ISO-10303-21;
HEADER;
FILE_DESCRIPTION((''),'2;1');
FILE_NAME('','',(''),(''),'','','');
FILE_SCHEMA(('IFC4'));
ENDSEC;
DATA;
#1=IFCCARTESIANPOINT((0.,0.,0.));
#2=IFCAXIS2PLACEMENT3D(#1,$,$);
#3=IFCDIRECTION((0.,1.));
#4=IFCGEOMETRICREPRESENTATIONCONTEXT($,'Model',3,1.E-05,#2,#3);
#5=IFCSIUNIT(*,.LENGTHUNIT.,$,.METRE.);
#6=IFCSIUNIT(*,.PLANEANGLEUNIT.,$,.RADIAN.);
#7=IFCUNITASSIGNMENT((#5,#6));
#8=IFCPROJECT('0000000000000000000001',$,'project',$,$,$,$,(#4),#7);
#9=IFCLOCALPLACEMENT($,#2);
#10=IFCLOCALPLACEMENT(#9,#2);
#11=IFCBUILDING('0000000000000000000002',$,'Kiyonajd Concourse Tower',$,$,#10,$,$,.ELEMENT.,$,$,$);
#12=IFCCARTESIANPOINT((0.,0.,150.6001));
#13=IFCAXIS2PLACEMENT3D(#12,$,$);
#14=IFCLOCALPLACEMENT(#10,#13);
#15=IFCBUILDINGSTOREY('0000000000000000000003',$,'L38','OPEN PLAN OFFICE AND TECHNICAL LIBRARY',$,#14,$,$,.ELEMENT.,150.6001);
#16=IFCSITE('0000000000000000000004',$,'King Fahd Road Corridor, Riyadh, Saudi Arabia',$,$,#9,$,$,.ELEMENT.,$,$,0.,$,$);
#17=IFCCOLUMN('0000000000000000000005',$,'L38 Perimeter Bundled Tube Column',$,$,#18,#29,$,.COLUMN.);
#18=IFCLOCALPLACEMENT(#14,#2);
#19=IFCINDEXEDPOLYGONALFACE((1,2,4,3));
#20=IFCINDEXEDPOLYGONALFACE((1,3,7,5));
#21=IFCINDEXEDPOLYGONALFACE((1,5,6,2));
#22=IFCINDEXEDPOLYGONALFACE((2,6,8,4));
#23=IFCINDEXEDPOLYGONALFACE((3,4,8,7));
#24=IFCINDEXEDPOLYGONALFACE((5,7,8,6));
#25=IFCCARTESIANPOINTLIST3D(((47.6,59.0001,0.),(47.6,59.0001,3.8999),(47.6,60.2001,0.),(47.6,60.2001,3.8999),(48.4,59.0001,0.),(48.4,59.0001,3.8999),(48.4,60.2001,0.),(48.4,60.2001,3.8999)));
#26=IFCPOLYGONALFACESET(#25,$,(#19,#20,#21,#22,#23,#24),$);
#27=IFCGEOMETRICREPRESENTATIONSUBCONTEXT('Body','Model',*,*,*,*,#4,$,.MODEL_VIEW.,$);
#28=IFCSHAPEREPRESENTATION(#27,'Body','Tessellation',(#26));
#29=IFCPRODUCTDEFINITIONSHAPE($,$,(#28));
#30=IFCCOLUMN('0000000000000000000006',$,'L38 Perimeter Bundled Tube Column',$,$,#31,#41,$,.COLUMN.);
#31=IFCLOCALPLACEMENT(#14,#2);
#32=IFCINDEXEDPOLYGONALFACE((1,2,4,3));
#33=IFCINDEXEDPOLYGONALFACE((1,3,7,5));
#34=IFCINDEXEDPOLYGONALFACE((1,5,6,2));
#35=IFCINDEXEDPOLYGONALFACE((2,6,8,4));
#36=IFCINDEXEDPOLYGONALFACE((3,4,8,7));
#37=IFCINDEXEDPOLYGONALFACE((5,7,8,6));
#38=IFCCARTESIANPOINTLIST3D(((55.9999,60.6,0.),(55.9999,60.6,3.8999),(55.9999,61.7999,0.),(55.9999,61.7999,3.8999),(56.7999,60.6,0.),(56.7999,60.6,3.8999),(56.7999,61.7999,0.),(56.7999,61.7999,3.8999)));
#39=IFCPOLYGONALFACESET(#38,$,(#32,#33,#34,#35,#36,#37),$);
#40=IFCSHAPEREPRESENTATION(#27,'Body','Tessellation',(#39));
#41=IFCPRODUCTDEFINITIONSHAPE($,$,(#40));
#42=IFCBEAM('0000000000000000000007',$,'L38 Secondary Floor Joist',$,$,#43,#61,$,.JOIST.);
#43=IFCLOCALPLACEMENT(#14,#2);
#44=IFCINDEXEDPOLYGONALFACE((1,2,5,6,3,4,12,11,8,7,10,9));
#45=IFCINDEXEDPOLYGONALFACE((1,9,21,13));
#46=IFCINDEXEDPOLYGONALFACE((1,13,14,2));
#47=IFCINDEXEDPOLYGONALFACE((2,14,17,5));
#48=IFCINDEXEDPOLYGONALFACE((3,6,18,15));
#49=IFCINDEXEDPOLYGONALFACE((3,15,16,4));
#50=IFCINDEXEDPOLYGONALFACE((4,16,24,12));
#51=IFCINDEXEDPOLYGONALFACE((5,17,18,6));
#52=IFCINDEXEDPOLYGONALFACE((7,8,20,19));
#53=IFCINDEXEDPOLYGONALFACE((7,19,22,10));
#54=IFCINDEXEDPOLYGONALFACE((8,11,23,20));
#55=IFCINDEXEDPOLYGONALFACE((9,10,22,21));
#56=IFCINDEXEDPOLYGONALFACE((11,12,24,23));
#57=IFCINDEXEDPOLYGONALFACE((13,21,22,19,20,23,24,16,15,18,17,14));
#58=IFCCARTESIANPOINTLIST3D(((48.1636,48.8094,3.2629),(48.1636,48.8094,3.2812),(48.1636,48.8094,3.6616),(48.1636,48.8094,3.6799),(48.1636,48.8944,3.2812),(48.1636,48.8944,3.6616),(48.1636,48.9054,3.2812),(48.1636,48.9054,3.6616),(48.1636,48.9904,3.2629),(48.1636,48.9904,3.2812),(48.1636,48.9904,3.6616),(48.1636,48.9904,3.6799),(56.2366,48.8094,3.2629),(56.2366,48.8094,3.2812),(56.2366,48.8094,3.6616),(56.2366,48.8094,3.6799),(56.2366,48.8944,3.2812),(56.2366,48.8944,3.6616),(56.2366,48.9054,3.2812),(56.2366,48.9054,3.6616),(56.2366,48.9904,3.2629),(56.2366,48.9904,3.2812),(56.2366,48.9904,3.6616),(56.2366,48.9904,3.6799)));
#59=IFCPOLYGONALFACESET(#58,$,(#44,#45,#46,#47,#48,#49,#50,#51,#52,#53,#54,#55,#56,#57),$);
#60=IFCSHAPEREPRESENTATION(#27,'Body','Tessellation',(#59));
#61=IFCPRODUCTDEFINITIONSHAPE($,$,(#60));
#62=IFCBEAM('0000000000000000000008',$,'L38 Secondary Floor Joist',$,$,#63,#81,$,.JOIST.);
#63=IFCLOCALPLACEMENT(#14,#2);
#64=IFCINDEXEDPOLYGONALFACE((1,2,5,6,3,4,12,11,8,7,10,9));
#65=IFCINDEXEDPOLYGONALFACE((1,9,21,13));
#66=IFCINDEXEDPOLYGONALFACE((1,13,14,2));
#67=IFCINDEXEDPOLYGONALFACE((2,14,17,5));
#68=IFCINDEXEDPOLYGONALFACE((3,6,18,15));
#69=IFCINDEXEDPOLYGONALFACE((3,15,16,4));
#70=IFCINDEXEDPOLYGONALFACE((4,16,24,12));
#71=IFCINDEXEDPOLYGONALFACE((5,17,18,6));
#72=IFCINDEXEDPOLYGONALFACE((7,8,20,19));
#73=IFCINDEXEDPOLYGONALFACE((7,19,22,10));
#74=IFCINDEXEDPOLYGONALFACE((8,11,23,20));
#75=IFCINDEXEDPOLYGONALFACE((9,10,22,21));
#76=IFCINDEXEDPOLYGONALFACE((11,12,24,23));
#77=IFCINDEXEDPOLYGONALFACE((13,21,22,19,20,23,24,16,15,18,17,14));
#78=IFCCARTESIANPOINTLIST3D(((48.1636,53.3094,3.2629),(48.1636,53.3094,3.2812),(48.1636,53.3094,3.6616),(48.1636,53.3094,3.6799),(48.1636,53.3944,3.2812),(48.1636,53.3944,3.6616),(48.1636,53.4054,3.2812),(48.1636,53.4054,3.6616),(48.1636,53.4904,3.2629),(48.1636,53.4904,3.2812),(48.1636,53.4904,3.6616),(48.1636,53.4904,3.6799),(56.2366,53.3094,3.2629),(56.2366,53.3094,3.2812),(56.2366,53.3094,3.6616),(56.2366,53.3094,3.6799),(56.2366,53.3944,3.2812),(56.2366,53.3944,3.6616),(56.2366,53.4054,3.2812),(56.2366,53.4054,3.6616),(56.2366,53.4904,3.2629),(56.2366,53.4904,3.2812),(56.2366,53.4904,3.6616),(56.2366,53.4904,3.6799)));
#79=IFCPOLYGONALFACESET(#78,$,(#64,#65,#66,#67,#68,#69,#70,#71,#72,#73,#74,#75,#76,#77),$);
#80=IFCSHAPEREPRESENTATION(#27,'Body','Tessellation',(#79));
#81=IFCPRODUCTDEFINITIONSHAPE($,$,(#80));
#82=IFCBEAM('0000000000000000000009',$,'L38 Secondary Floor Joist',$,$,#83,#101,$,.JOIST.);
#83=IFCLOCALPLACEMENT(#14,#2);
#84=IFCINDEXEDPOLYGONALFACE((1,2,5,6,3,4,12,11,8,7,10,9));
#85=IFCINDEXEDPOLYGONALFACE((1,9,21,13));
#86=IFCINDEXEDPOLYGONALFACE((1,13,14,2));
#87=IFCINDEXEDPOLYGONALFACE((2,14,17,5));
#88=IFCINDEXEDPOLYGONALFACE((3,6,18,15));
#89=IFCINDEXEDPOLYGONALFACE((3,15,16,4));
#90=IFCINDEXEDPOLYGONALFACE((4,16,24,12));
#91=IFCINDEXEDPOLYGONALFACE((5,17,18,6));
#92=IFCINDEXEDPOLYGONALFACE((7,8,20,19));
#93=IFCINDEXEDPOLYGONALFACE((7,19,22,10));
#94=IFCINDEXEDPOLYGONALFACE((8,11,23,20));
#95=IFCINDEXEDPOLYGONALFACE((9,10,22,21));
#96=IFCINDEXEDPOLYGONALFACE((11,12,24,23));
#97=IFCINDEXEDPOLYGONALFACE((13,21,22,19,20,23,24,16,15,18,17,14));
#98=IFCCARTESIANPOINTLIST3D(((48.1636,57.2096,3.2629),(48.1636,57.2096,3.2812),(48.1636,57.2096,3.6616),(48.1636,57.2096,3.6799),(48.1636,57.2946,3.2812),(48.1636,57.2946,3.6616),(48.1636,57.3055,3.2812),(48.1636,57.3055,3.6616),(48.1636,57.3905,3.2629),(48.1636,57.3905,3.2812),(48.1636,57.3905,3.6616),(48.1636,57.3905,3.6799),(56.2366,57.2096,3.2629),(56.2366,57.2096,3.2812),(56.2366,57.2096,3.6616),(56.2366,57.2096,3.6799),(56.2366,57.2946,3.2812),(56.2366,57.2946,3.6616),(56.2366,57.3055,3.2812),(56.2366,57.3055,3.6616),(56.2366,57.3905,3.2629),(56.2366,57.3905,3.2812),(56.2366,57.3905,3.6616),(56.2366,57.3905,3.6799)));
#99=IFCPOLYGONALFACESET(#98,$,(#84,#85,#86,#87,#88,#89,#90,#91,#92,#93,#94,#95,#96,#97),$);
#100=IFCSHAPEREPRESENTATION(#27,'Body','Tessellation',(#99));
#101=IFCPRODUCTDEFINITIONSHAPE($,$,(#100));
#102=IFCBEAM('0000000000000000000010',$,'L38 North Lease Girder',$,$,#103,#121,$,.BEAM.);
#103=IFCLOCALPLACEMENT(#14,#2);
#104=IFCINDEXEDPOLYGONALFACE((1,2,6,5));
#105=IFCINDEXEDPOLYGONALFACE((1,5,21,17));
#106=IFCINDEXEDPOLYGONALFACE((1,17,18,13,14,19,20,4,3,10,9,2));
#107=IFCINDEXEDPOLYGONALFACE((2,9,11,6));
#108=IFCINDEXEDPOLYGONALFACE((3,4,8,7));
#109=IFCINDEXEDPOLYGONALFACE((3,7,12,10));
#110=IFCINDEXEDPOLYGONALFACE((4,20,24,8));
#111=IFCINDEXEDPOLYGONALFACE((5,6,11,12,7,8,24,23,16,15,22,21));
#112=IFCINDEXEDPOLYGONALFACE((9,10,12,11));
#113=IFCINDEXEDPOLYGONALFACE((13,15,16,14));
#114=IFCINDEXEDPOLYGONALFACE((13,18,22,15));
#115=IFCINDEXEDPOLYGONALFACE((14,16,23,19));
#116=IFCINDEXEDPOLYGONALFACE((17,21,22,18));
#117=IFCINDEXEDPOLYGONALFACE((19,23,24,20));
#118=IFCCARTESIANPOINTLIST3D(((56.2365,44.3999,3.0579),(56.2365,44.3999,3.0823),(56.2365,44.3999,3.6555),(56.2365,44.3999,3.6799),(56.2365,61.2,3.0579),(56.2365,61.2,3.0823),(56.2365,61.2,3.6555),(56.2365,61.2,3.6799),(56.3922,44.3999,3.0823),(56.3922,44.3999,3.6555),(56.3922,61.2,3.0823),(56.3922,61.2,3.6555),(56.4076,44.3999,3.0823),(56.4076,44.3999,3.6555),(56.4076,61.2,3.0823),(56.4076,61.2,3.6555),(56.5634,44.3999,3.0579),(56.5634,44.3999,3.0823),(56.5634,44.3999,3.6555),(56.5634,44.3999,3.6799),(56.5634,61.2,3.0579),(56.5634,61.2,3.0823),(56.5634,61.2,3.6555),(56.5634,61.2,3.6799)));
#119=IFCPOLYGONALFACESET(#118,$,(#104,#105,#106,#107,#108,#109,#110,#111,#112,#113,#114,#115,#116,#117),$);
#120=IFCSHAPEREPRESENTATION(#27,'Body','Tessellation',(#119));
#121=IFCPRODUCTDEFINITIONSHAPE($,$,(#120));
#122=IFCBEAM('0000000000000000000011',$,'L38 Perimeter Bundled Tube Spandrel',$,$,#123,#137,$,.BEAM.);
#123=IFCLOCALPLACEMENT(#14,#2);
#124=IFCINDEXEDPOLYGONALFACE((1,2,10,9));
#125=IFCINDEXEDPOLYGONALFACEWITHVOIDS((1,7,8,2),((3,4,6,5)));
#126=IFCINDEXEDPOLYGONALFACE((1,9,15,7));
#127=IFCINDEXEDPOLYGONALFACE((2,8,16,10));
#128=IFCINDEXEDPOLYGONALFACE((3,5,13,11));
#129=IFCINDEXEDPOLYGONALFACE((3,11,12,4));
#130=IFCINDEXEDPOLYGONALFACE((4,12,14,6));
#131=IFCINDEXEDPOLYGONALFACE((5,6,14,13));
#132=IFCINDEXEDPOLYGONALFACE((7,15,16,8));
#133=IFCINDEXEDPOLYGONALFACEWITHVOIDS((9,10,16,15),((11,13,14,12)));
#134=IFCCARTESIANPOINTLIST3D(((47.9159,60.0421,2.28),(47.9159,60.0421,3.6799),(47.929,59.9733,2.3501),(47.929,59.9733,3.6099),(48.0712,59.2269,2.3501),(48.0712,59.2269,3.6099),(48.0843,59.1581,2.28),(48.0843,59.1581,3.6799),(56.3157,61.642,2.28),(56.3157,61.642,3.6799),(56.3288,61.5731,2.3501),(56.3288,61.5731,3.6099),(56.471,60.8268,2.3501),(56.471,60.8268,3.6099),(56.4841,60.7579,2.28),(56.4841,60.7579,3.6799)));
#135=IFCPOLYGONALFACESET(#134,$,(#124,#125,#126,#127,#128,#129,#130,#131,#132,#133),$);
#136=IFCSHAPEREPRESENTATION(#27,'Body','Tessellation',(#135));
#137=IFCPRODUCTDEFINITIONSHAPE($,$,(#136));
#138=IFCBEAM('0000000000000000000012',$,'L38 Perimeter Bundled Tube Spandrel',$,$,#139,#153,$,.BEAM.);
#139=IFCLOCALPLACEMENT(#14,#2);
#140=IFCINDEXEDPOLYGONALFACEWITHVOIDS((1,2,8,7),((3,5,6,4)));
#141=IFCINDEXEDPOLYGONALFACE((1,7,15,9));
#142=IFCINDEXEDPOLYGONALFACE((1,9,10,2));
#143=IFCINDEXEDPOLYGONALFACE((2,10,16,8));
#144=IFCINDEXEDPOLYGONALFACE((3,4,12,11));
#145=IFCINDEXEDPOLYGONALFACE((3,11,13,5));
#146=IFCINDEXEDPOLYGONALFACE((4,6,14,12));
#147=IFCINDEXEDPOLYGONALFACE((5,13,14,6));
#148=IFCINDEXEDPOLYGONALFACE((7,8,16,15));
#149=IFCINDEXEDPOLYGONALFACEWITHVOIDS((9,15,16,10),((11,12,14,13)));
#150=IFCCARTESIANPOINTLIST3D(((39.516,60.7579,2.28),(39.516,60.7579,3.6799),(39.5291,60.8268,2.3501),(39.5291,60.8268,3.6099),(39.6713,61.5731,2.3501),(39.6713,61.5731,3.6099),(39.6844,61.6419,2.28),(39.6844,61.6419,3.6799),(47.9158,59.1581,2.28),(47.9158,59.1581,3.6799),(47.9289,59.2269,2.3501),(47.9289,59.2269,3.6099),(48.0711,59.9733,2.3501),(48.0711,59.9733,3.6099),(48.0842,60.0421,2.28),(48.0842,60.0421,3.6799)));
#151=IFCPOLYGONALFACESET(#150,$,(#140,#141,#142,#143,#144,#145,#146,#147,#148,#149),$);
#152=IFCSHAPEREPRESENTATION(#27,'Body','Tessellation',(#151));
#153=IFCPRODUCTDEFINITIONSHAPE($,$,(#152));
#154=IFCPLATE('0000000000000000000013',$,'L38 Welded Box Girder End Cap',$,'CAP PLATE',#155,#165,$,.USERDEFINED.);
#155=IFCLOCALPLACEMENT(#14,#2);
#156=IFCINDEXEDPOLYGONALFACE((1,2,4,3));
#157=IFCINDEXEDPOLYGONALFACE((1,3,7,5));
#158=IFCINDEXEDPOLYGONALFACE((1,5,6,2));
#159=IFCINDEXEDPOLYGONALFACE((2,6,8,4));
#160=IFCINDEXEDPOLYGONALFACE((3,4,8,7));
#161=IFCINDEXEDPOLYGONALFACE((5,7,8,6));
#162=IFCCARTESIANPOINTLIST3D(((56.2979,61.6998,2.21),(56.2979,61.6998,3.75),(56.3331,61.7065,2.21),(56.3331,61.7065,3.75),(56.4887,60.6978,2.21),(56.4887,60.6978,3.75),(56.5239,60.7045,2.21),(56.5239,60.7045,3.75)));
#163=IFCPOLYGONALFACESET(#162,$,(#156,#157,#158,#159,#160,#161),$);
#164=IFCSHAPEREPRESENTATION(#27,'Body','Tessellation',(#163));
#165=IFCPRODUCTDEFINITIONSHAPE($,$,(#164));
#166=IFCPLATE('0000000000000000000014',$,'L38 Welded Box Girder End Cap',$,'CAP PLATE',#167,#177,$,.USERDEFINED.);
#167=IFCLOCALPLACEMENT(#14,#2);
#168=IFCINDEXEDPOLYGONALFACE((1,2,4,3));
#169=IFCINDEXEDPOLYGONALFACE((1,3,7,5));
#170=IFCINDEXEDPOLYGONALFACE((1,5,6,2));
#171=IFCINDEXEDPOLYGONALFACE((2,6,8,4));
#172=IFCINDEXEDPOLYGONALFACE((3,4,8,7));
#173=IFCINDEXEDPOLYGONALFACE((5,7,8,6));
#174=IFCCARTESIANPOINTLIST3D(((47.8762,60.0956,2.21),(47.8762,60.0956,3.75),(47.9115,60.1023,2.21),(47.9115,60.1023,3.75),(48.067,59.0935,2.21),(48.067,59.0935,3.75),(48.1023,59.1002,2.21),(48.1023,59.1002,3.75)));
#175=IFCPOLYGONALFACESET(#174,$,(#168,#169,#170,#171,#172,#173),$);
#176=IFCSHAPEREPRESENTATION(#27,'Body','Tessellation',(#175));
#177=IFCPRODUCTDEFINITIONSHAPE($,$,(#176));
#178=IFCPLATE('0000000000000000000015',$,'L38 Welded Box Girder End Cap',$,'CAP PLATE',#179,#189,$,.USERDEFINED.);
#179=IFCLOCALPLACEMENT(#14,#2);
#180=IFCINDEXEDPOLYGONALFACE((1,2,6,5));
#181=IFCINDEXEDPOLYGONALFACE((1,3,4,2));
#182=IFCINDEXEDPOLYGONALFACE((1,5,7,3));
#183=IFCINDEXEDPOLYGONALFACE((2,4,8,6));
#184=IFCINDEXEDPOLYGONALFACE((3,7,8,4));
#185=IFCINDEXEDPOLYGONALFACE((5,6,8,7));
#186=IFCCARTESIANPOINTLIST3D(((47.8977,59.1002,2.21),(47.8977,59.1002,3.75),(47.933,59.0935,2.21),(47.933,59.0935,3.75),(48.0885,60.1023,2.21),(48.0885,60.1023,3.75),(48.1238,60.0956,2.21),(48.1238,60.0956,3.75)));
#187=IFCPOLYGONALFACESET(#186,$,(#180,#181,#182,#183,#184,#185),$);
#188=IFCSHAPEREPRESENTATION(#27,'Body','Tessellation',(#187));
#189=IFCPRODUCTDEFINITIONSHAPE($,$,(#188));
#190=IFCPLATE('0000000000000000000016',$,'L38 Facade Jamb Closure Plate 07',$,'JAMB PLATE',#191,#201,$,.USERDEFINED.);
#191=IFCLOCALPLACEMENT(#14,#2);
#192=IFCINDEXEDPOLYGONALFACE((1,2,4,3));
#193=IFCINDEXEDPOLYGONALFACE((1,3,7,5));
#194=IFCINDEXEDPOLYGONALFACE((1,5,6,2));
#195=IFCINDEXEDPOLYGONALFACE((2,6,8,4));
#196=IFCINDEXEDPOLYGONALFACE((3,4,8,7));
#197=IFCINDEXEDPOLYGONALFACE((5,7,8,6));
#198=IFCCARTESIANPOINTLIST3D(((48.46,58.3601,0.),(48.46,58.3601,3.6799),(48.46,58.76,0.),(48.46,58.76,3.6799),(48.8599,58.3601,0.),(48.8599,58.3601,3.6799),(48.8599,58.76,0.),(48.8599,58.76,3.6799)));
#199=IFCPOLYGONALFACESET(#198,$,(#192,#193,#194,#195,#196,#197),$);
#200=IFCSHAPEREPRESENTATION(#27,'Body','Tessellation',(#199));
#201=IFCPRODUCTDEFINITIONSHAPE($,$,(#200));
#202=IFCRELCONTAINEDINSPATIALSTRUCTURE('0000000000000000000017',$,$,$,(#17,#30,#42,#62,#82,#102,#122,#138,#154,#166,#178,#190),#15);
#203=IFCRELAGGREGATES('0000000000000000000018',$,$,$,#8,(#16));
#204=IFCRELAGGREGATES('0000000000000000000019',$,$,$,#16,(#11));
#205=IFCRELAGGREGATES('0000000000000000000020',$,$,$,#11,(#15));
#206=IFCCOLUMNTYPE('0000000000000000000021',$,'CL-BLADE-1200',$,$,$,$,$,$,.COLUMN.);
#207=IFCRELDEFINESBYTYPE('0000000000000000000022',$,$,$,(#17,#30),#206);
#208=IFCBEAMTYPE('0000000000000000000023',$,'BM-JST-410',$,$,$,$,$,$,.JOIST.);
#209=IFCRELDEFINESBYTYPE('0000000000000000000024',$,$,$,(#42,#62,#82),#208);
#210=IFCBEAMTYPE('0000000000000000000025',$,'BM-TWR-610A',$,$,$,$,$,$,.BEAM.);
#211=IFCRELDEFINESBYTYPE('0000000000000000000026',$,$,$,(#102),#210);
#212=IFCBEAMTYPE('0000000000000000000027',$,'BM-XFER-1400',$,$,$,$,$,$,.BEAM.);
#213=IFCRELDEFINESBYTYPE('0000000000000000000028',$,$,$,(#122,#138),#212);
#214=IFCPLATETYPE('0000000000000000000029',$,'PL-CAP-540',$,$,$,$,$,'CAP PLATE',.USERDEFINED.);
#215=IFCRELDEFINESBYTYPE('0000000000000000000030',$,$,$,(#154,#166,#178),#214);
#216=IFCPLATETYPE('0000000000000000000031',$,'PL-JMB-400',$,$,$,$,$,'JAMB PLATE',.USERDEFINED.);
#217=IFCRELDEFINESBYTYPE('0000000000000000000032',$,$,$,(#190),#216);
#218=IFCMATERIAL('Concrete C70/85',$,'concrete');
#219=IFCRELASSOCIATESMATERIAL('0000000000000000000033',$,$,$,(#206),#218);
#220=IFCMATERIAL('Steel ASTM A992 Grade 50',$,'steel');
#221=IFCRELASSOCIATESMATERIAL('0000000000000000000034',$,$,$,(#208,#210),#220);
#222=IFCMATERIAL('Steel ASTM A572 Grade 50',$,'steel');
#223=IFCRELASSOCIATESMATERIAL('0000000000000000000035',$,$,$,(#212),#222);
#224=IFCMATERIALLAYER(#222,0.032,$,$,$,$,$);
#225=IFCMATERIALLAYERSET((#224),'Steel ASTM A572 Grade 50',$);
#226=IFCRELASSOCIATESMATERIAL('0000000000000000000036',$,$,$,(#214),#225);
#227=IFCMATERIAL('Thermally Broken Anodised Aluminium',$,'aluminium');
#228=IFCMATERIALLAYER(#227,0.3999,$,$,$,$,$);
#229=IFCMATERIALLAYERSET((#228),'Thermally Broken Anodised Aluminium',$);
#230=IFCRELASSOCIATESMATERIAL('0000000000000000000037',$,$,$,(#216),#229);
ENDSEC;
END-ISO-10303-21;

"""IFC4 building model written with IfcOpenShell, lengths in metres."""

from ifc_helpers import new_model, si_unit, direction, frame, origin, origin_2d, place, context, subcontext, project, spatial, rectangle, hollow_rectangle, i_section, extrude, material, layer, layer_set, material_profile, profile_set, type_object, element, save


model = new_model("IFC4")

# Units and contexts
model_context = context("Model", 3, precision=1e-05, world=origin(), true_north=direction((0.0, 1.0)))
body_context = subcontext(model_context, "Body", "Model", "MODEL_VIEW")
ifc_project = project(units=[si_unit("LENGTHUNIT", "METRE"), si_unit("PLANEANGLEUNIT", "RADIAN")], contexts=[model_context])

# Site, building, storey
site_placement = place(None, origin())
site = spatial("IfcSite", under=ifc_project, at=site_placement, Name="King Fahd Road Corridor, Riyadh, Saudi Arabia", CompositionType="ELEMENT", RefElevation=0.0)
building_placement = place(site_placement, origin())
building = spatial("IfcBuilding", under=site, at=building_placement, Name="Kiyonajd Concourse Tower", CompositionType="ELEMENT")
storey_placement = place(building_placement, frame((0.0, 0.0, 150.6001)))
storey = spatial("IfcBuildingStorey", under=building, at=storey_placement, Name="L38", Description="OPEN PLAN OFFICE AND TECHNICAL LIBRARY", CompositionType="ELEMENT", Elevation=150.6001)

# Columns
ifc_material_1 = material(Name="Concrete C70/85", Category="concrete")
ifc_material_profile_1 = material_profile(ifc_material_1, rectangle(XDim=0.8, YDim=1.2, at=origin_2d()), Name="RC-1200x800")
ifc_profile_set_1 = profile_set([ifc_material_profile_1], Name="Concrete C70/85")
column_type = type_object("IfcColumnType", Name="CL-BLADE-1200", PredefinedType="COLUMN", material=ifc_profile_set_1)
for number, where, z_axis, x_axis, name in (
    (1, (48.0, 59.6001, 0.0), (0.0, 0.0, 1.0), (1.0, 0.0, 0.0), "L38 Perimeter Bundled Tube Column"),
    (2, (56.3999, 61.2, 0.0), (0.0, 0.0, 1.0), (1.0, 0.0, 0.0), "L38 Perimeter Bundled Tube Column"),
):
    element("IfcColumn", number, at=place(storey_placement, frame(where, z_axis=z_axis, x_axis=x_axis)), inside=storey, type_object=column_type, Name=name, PredefinedType="COLUMN", context=body_context, shape_type="SweptSolid", body=[
        extrude(rectangle(XDim=0.8, YDim=1.2, at=origin_2d()), origin(), (0.0, 0.0, 1.0), 3.8999),
    ])

# Beams
ifc_material_2 = material(Name="Steel ASTM A992 Grade 50", Category="steel")
ifc_material_profile_2 = material_profile(ifc_material_2, i_section(OverallWidth=0.1809, OverallDepth=0.417, WebThickness=0.011, FlangeThickness=0.0183, at=origin_2d()), Name="W410X85")
ifc_profile_set_2 = profile_set([ifc_material_profile_2], Name="Steel ASTM A992 Grade 50")
beam_type_1 = type_object("IfcBeamType", Name="BM-JST-410", PredefinedType="JOIST", material=ifc_profile_set_2)
for number, where, z_axis, x_axis, name in (
    (3, (48.1636, 48.8999, 3.4714), (1.0, 0.0, 0.0), (0.0, 1.0, 0.0), "L38 Secondary Floor Joist"),
    (4, (48.1636, 53.3999, 3.4714), (1.0, 0.0, 0.0), (0.0, 1.0, 0.0), "L38 Secondary Floor Joist"),
    (5, (48.1636, 57.3, 3.4714), (1.0, 0.0, 0.0), (0.0, 1.0, 0.0), "L38 Secondary Floor Joist"),
):
    element("IfcBeam", number, at=place(storey_placement, frame(where, z_axis=z_axis, x_axis=x_axis)), inside=storey, type_object=beam_type_1, Name=name, PredefinedType="JOIST", context=body_context, shape_type="SweptSolid", body=[
        extrude(i_section(OverallWidth=0.1809, OverallDepth=0.417, WebThickness=0.011, FlangeThickness=0.0183, at=origin_2d()), origin(), (0.0, 0.0, 1.0), 8.073),
    ])
ifc_material_profile_3 = material_profile(ifc_material_2, i_section(OverallWidth=0.3269, OverallDepth=0.6221, WebThickness=0.0154, FlangeThickness=0.0244, at=origin_2d()), Name="W610X195")
ifc_profile_set_3 = profile_set([ifc_material_profile_3], Name="Steel ASTM A992 Grade 50")
beam_type_2 = type_object("IfcBeamType", Name="BM-TWR-610A", PredefinedType="BEAM", material=ifc_profile_set_3)
beam_placement = place(storey_placement, frame((56.3999, 44.3999, 3.3689), z_axis=(0.0, 1.0, 0.0), x_axis=(-1.0, 0.0, 0.0)))
element("IfcBeam", 6, at=beam_placement, inside=storey, type_object=beam_type_2, Name="L38 North Lease Girder", PredefinedType="BEAM", context=body_context, shape_type="SweptSolid", body=[
    extrude(i_section(OverallWidth=0.3269, OverallDepth=0.6221, WebThickness=0.0154, FlangeThickness=0.0244, at=origin_2d()), origin(), (0.0, 0.0, 1.0), 16.8),
])
ifc_material_3 = material(Name="Steel ASTM A572 Grade 50", Category="steel")
ifc_material_profile_4 = material_profile(ifc_material_3, hollow_rectangle(XDim=0.8999, YDim=1.3999, WallThickness=0.0701, at=origin_2d()), Name="BOX-1400x900x70")
ifc_profile_set_4 = profile_set([ifc_material_profile_4], Name="Steel ASTM A572 Grade 50")
beam_type_3 = type_object("IfcBeamType", Name="BM-XFER-1400", PredefinedType="BEAM", material=ifc_profile_set_4)
for number, where, z_axis, x_axis, name in (
    (7, (56.3999, 61.2, 2.98), (-0.982341, -0.187098, 0.0), (0.187098, -0.982341, 0.0), "L38 Perimeter Bundled Tube Spandrel"),
    (8, (48.0, 59.6001, 2.98), (-0.982341, 0.187098, 0.0), (-0.187098, -0.982341, 0.0), "L38 Perimeter Bundled Tube Spandrel"),
):
    element("IfcBeam", number, at=place(storey_placement, frame(where, z_axis=z_axis, x_axis=x_axis)), inside=storey, type_object=beam_type_3, Name=name, PredefinedType="BEAM", context=body_context, shape_type="SweptSolid", body=[
        extrude(hollow_rectangle(XDim=0.8999, YDim=1.3999, WallThickness=0.0701, at=origin_2d()), origin(), (0.0, 0.0, 1.0), 8.5508),
    ])

# Plates
ifc_layer_1 = layer(ifc_material_3, 0.032)
ifc_layer_set_1 = layer_set([ifc_layer_1], Name="Steel ASTM A572 Grade 50")
plate_type_1 = type_object("IfcPlateType", Name="PL-CAP-540", ElementType="CAP PLATE", PredefinedType="USERDEFINED", material=ifc_layer_set_1)
for number, where, z_axis, x_axis, name in (
    (9, (56.4109, 61.2021, 2.21), (0.0, 0.0, 1.0), (0.982353, 0.187038, 0.0), "L38 Welded Box Girder End Cap"),
    (10, (47.9893, 59.5979, 2.21), (0.0, 0.0, 1.0), (-0.982353, -0.187038, 0.0), "L38 Welded Box Girder End Cap"),
    (11, (48.0107, 59.5979, 2.21), (0.0, 0.0, 1.0), (0.982353, -0.187038, 0.0), "L38 Welded Box Girder End Cap"),
):
    element("IfcPlate", number, at=place(storey_placement, frame(where, z_axis=z_axis, x_axis=x_axis)), inside=storey, type_object=plate_type_1, Name=name, ObjectType="CAP PLATE", PredefinedType="USERDEFINED", context=body_context, shape_type="SweptSolid", body=[
        extrude(rectangle(XDim=0.0359, YDim=1.02, at=origin_2d()), origin(), (0.0, 0.0, 1.0), 1.54),
    ])
ifc_material_4 = material(Name="Thermally Broken Anodised Aluminium", Category="aluminium")
ifc_layer_2 = layer(ifc_material_4, 0.3999)
ifc_layer_set_2 = layer_set([ifc_layer_2], Name="Thermally Broken Anodised Aluminium")
plate_type_2 = type_object("IfcPlateType", Name="PL-JMB-400", ElementType="JAMB PLATE", PredefinedType="USERDEFINED", material=ifc_layer_set_2)
for number, where, z_axis, x_axis, name in (
    (12, (48.6599, 58.5601, 0.0), (0.0, 0.0, 1.0), (1.0, 0.0, 0.0), "L38 Facade Jamb Closure Plate 07"),
):
    element("IfcPlate", number, at=place(storey_placement, frame(where, z_axis=z_axis, x_axis=x_axis)), inside=storey, type_object=plate_type_2, Name=name, ObjectType="JAMB PLATE", PredefinedType="USERDEFINED", context=body_context, shape_type="SweptSolid", body=[
        extrude(rectangle(XDim=0.3999, YDim=0.3999, at=origin_2d()), origin(), (0.0, 0.0, 1.0), 3.6799),
    ])

save(model, "model.ifc")
